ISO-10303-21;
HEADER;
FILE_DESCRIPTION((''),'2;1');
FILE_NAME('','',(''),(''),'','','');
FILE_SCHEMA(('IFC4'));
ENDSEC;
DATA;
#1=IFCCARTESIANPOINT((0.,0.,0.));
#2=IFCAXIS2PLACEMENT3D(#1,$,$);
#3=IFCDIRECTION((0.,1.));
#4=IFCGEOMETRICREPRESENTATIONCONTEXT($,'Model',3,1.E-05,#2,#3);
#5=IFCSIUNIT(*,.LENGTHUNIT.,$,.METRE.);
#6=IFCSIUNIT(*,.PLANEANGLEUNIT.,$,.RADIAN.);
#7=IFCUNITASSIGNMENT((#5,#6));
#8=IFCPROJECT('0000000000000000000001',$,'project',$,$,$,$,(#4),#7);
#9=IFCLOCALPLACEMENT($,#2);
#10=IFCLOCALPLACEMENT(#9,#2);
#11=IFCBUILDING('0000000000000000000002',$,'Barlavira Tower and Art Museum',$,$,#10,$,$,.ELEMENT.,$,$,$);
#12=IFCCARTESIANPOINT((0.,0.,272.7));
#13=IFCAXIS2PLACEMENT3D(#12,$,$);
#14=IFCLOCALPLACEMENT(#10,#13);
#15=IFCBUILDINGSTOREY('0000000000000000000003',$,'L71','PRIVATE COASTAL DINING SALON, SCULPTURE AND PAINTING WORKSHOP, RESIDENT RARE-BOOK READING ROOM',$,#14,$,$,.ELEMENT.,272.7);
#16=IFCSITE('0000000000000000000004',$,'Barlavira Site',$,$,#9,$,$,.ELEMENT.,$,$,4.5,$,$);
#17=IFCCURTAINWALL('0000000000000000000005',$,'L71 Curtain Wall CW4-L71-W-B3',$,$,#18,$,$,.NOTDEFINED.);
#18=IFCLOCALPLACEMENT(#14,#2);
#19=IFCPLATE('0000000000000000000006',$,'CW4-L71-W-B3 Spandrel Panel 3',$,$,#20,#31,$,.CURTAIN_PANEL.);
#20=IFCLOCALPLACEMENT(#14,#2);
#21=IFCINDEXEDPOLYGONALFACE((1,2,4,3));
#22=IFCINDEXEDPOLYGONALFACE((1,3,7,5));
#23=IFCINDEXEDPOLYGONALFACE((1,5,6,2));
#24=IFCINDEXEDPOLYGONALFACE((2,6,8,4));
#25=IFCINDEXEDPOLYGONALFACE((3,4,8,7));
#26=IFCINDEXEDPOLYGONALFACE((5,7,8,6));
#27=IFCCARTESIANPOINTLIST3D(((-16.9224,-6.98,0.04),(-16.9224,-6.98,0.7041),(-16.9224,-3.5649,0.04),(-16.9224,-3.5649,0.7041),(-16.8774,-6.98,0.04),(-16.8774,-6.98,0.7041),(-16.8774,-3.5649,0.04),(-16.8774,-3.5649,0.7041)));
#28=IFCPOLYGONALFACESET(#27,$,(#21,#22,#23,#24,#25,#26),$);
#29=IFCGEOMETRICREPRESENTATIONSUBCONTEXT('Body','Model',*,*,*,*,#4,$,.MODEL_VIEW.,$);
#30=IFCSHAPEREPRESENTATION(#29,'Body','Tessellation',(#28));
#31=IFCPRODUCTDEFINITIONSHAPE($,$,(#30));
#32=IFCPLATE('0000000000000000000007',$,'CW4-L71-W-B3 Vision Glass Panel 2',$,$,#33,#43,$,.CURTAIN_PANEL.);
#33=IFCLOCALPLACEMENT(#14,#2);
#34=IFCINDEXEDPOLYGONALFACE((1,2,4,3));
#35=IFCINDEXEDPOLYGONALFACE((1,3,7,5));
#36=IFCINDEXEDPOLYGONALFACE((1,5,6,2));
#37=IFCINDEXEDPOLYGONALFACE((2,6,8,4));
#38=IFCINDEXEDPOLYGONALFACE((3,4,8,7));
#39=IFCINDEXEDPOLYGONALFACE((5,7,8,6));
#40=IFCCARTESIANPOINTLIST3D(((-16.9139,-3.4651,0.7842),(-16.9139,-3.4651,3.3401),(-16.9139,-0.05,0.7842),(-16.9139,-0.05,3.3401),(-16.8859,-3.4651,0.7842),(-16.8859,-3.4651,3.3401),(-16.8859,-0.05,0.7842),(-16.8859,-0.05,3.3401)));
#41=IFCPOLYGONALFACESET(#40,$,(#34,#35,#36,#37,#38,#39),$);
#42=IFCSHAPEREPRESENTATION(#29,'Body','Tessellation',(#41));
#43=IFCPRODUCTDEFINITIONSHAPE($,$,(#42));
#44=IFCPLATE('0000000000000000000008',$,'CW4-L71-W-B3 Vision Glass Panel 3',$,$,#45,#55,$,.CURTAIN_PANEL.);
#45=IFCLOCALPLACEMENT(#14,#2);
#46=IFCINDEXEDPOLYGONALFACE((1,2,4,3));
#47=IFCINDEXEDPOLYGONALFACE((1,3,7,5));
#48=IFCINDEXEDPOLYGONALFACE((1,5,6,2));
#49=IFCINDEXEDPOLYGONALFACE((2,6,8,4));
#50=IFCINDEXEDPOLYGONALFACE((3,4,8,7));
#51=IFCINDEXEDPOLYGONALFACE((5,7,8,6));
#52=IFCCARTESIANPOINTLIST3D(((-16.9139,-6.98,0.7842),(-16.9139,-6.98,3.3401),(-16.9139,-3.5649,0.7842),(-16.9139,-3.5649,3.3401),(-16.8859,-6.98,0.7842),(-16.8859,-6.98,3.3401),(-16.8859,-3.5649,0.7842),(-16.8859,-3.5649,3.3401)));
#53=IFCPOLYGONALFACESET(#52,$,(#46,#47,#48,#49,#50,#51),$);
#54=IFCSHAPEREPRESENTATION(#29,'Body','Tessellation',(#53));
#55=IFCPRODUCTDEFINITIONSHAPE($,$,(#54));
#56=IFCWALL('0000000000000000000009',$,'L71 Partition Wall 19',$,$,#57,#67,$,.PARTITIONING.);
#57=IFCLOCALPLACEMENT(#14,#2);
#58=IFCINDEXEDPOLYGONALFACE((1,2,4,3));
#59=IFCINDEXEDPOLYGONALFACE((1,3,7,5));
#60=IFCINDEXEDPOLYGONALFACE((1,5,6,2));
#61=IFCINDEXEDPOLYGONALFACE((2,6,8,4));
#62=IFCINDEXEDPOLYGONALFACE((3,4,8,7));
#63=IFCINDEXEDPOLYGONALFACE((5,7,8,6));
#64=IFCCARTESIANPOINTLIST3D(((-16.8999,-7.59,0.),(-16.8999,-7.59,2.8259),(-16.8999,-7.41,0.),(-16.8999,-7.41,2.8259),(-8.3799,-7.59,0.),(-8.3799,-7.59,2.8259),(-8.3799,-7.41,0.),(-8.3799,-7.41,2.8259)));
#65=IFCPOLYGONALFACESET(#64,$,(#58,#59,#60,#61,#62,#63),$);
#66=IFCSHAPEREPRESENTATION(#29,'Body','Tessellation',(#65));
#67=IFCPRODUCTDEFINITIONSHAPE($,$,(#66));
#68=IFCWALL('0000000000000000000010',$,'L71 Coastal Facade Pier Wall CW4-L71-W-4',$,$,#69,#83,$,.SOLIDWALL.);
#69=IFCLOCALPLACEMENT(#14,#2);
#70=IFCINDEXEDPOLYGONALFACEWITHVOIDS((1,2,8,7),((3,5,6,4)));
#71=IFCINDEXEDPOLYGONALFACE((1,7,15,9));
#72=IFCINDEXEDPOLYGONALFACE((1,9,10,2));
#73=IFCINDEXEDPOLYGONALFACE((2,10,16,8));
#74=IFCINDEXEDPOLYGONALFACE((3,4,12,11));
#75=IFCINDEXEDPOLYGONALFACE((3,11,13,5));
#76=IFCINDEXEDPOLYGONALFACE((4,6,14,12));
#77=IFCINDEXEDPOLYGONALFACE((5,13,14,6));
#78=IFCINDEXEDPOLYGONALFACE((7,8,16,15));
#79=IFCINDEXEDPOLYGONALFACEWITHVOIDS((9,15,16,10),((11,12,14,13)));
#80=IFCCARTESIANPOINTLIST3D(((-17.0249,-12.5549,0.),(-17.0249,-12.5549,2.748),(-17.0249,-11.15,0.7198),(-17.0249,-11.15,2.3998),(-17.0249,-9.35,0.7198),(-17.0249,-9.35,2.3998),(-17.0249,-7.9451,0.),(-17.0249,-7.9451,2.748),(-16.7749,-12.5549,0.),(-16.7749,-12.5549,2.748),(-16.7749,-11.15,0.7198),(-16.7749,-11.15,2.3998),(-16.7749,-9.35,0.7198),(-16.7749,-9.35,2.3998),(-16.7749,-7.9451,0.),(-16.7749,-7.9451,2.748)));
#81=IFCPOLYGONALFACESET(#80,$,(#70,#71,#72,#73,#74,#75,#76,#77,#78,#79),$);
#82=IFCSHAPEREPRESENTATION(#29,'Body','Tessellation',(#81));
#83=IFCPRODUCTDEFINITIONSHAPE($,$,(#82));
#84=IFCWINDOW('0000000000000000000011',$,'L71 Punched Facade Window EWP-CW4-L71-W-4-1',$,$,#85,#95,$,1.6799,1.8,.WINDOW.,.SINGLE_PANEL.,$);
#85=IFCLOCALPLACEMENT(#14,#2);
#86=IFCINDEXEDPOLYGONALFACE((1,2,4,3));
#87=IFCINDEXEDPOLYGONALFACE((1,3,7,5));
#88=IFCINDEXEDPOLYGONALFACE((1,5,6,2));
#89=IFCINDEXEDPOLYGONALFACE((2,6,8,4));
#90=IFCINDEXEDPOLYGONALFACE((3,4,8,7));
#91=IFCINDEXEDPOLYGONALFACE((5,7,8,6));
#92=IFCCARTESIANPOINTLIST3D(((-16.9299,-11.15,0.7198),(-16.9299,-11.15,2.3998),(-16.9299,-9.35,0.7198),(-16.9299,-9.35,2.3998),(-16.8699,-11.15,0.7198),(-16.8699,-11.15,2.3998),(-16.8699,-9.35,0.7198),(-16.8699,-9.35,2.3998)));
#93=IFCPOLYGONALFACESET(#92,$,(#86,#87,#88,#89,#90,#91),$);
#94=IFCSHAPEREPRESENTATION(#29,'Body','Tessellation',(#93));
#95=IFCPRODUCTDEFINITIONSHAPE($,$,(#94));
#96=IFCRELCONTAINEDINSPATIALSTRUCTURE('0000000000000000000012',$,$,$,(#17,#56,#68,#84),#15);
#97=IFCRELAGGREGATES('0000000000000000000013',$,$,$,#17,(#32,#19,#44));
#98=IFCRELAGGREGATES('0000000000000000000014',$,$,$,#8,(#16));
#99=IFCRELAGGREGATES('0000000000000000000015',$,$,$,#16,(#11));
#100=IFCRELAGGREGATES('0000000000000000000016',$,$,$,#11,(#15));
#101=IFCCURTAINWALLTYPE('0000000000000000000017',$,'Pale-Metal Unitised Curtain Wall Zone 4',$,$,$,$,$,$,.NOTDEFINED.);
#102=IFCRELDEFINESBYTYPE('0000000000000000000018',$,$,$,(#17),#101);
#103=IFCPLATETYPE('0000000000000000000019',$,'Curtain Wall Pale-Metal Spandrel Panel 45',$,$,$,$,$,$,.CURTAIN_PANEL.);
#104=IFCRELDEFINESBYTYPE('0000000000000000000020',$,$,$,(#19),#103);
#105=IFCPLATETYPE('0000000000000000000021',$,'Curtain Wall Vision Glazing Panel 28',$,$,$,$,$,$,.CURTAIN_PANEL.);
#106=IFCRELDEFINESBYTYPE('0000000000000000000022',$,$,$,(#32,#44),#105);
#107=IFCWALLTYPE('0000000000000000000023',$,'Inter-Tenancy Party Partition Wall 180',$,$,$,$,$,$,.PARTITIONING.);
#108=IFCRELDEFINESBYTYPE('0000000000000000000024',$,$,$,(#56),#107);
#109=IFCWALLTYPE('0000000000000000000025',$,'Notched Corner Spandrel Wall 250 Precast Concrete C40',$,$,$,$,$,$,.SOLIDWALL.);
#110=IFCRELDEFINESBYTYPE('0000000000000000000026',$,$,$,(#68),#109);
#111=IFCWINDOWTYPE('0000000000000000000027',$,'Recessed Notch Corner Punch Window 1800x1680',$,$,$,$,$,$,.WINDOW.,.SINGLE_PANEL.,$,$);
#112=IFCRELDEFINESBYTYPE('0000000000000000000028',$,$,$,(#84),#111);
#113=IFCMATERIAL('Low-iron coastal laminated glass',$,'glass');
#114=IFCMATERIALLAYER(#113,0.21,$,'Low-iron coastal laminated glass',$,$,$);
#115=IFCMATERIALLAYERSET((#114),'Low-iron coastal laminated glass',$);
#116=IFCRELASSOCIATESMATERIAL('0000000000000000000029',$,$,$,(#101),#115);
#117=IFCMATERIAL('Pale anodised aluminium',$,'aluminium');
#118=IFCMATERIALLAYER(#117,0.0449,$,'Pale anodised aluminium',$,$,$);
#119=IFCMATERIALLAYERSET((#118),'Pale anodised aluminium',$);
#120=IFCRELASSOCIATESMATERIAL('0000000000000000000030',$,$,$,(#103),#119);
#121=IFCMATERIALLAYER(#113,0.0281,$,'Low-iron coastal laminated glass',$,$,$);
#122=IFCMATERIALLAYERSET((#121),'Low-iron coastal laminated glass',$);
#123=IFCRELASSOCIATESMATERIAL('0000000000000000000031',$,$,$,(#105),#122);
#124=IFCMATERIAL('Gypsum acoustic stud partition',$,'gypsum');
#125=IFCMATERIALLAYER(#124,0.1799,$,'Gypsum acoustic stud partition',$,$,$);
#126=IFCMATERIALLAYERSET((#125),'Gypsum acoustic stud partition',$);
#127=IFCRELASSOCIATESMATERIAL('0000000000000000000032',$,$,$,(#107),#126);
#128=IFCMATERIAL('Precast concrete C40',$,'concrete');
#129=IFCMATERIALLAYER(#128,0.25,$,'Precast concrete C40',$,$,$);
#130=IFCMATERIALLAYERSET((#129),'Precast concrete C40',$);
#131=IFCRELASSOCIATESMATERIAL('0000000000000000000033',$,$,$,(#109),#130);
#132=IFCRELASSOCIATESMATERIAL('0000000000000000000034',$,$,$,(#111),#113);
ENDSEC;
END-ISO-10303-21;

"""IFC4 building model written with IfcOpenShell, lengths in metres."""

from ifc_helpers import new_model, si_unit, direction, frame, frame_2d, origin, origin_2d, place, context, subcontext, project, spatial, rectangle, extrude, material, layer, layer_set, type_object, element, fill, aggregate, save


model = new_model("IFC4")

# Units and contexts
model_context = context("Model", 3, precision=1e-05, world=origin(), true_north=direction((0.0, 1.0)))
body_context = subcontext(model_context, "Body", "Model", "MODEL_VIEW")
ifc_project = project(units=[si_unit("LENGTHUNIT", "METRE"), si_unit("PLANEANGLEUNIT", "RADIAN")], contexts=[model_context])

# Site, building, storey
site_placement = place(None, origin())
site = spatial("IfcSite", under=ifc_project, at=site_placement, Name="Barlavira Site", CompositionType="ELEMENT", RefElevation=4.5)
building_placement = place(site_placement, origin())
building = spatial("IfcBuilding", under=site, at=building_placement, Name="Barlavira Tower and Art Museum", CompositionType="ELEMENT")
storey_placement = place(building_placement, frame((0.0, 0.0, 272.7)))
storey = spatial("IfcBuildingStorey", under=building, at=storey_placement, Name="L71", Description="PRIVATE COASTAL DINING SALON, SCULPTURE AND PAINTING WORKSHOP, RESIDENT RARE-BOOK READING ROOM", CompositionType="ELEMENT", Elevation=272.7)

# Curtain wall
ifc_material_1 = material(Name="Low-iron coastal laminated glass", Category="glass")
ifc_layer_1 = layer(ifc_material_1, 0.21, Name="Low-iron coastal laminated glass")
ifc_layer_set_1 = layer_set([ifc_layer_1], Name="Low-iron coastal laminated glass")
curtain_wall_type = type_object("IfcCurtainWallType", Name="Pale-Metal Unitised Curtain Wall Zone 4", PredefinedType="NOTDEFINED", material=ifc_layer_set_1)
curtain_wall_placement = place(storey_placement, origin())
curtain_wall = element("IfcCurtainWall", 1, at=curtain_wall_placement, inside=storey, type_object=curtain_wall_type, Name="L71 Curtain Wall CW4-L71-W-B3", PredefinedType="NOTDEFINED")
ifc_material_2 = material(Name="Pale anodised aluminium", Category="aluminium")

# Plates
ifc_layer_2 = layer(ifc_material_2, 0.0449, Name="Pale anodised aluminium")
ifc_layer_set_2 = layer_set([ifc_layer_2], Name="Pale anodised aluminium")
plate_type_1 = type_object("IfcPlateType", Name="Curtain Wall Pale-Metal Spandrel Panel 45", PredefinedType="CURTAIN_PANEL", material=ifc_layer_set_2)
plate_1_placement = place(storey_placement, frame((-16.8999, -5.2725, 0.04), z_axis=(0.0, 0.0, 1.0), x_axis=(0.0, -1.0, 0.0)))
plate_1 = element("IfcPlate", 2, at=plate_1_placement, type_object=plate_type_1, Name="CW4-L71-W-B3 Spandrel Panel 3", PredefinedType="CURTAIN_PANEL", context=body_context, shape_type="SweptSolid", body=[
    extrude(rectangle(XDim=3.415, YDim=0.0449, at=origin_2d()), origin(), (0.0, 0.0, 1.0), 0.6641),
])
ifc_layer_3 = layer(ifc_material_1, 0.0281, Name="Low-iron coastal laminated glass")
ifc_layer_set_3 = layer_set([ifc_layer_3], Name="Low-iron coastal laminated glass")
plate_type_2 = type_object("IfcPlateType", Name="Curtain Wall Vision Glazing Panel 28", PredefinedType="CURTAIN_PANEL", material=ifc_layer_set_3)
plate_2_placement = place(storey_placement, frame((-16.8999, -1.7576, 0.7842), z_axis=(0.0, 0.0, 1.0), x_axis=(0.0, -1.0, 0.0)))
plate_2 = element("IfcPlate", 3, at=plate_2_placement, type_object=plate_type_2, Name="CW4-L71-W-B3 Vision Glass Panel 2", PredefinedType="CURTAIN_PANEL", context=body_context, shape_type="SweptSolid", body=[
    extrude(rectangle(XDim=3.415, YDim=0.0281, at=origin_2d()), origin(), (0.0, 0.0, 1.0), 2.5559),
])
plate_3_placement = place(storey_placement, frame((-16.8999, -5.2725, 0.7842), z_axis=(0.0, 0.0, 1.0), x_axis=(0.0, -1.0, 0.0)))
plate_3 = element("IfcPlate", 4, at=plate_3_placement, type_object=plate_type_2, Name="CW4-L71-W-B3 Vision Glass Panel 3", PredefinedType="CURTAIN_PANEL", context=body_context, shape_type="SweptSolid", body=[
    extrude(rectangle(XDim=3.415, YDim=0.0281, at=origin_2d()), origin(), (0.0, 0.0, 1.0), 2.5559),
])
aggregate(curtain_wall, [plate_2, plate_1, plate_3])

# Wall
ifc_material_3 = material(Name="Gypsum acoustic stud partition", Category="gypsum")
ifc_layer_4 = layer(ifc_material_3, 0.1799, Name="Gypsum acoustic stud partition")
ifc_layer_set_4 = layer_set([ifc_layer_4], Name="Gypsum acoustic stud partition")
wall_type_1 = type_object("IfcWallType", Name="Inter-Tenancy Party Partition Wall 180", PredefinedType="PARTITIONING", material=ifc_layer_set_4)
wall_1_placement = place(storey_placement, frame((-16.8999, -7.5, 0.0), z_axis=(0.0, 0.0, 1.0), x_axis=(1.0, 0.0, 0.0)))
element("IfcWall", 5, at=wall_1_placement, inside=storey, type_object=wall_type_1, Name="L71 Partition Wall 19", PredefinedType="PARTITIONING", context=body_context, shape_type="SweptSolid", body=[
    extrude(rectangle(XDim=8.52, YDim=0.1799, at=frame_2d((4.26, 0.0))), origin(), (0.0, 0.0, 1.0), 2.8259),
])

# Wall, opening, window
ifc_material_4 = material(Name="Precast concrete C40", Category="concrete")
ifc_layer_5 = layer(ifc_material_4, 0.25, Name="Precast concrete C40")
ifc_layer_set_5 = layer_set([ifc_layer_5], Name="Precast concrete C40")
wall_type_2 = type_object("IfcWallType", Name="Notched Corner Spandrel Wall 250 Precast Concrete C40", PredefinedType="SOLIDWALL", material=ifc_layer_set_5)
wall_2_placement = place(storey_placement, frame((-16.8999, -7.9451, 0.0), z_axis=(0.0, 0.0, 1.0), x_axis=(0.0, -1.0, 0.0)))
wall_2 = element("IfcWall", 6, at=wall_2_placement, inside=storey, type_object=wall_type_2, Name="L71 Coastal Facade Pier Wall CW4-L71-W-4", PredefinedType="SOLIDWALL", context=body_context, shape_type="SweptSolid", body=[
    extrude(rectangle(XDim=4.6099, YDim=0.25, at=frame_2d((2.3049, 0.0))), origin(), (0.0, 0.0, 1.0), 2.748),
])
opening_placement = place(wall_2_placement, frame((1.405, 0.0, 0.72)))
opening = element("IfcOpeningElement", 7, at=opening_placement, cuts=wall_2, PredefinedType="OPENING", context=body_context, shape_type="SweptSolid", body=[
    extrude(rectangle(XDim=1.8, YDim=1.6799, at=frame_2d((0.8999, 0.8398))), frame((0.0, 0.135, 0.0), z_axis=(0.0, -1.0, 0.0), x_axis=(1.0, 0.0, 0.0)), (0.0, 0.0, 1.0), 0.27),
])
window_type = type_object("IfcWindowType", Name="Recessed Notch Corner Punch Window 1800x1680", PartitioningType="SINGLE_PANEL", PredefinedType="WINDOW", material=ifc_material_1)
window_placement = place(opening_placement, origin())
window = element("IfcWindow", 8, at=window_placement, inside=storey, type_object=window_type, Name="L71 Punched Facade Window EWP-CW4-L71-W-4-1", OverallHeight=1.6799, OverallWidth=1.8, PartitioningType="SINGLE_PANEL", PredefinedType="WINDOW", context=body_context, shape_type="SweptSolid", body=[
    extrude(rectangle(XDim=1.8, YDim=1.6799, at=frame_2d((0.8999, 0.8398))), frame((0.0, 0.03, 0.0), z_axis=(0.0, -1.0, 0.0), x_axis=(1.0, 0.0, 0.0)), (0.0, 0.0, 1.0), 0.0601),
])
fill(opening, window)

save(model, "model.ifc")
